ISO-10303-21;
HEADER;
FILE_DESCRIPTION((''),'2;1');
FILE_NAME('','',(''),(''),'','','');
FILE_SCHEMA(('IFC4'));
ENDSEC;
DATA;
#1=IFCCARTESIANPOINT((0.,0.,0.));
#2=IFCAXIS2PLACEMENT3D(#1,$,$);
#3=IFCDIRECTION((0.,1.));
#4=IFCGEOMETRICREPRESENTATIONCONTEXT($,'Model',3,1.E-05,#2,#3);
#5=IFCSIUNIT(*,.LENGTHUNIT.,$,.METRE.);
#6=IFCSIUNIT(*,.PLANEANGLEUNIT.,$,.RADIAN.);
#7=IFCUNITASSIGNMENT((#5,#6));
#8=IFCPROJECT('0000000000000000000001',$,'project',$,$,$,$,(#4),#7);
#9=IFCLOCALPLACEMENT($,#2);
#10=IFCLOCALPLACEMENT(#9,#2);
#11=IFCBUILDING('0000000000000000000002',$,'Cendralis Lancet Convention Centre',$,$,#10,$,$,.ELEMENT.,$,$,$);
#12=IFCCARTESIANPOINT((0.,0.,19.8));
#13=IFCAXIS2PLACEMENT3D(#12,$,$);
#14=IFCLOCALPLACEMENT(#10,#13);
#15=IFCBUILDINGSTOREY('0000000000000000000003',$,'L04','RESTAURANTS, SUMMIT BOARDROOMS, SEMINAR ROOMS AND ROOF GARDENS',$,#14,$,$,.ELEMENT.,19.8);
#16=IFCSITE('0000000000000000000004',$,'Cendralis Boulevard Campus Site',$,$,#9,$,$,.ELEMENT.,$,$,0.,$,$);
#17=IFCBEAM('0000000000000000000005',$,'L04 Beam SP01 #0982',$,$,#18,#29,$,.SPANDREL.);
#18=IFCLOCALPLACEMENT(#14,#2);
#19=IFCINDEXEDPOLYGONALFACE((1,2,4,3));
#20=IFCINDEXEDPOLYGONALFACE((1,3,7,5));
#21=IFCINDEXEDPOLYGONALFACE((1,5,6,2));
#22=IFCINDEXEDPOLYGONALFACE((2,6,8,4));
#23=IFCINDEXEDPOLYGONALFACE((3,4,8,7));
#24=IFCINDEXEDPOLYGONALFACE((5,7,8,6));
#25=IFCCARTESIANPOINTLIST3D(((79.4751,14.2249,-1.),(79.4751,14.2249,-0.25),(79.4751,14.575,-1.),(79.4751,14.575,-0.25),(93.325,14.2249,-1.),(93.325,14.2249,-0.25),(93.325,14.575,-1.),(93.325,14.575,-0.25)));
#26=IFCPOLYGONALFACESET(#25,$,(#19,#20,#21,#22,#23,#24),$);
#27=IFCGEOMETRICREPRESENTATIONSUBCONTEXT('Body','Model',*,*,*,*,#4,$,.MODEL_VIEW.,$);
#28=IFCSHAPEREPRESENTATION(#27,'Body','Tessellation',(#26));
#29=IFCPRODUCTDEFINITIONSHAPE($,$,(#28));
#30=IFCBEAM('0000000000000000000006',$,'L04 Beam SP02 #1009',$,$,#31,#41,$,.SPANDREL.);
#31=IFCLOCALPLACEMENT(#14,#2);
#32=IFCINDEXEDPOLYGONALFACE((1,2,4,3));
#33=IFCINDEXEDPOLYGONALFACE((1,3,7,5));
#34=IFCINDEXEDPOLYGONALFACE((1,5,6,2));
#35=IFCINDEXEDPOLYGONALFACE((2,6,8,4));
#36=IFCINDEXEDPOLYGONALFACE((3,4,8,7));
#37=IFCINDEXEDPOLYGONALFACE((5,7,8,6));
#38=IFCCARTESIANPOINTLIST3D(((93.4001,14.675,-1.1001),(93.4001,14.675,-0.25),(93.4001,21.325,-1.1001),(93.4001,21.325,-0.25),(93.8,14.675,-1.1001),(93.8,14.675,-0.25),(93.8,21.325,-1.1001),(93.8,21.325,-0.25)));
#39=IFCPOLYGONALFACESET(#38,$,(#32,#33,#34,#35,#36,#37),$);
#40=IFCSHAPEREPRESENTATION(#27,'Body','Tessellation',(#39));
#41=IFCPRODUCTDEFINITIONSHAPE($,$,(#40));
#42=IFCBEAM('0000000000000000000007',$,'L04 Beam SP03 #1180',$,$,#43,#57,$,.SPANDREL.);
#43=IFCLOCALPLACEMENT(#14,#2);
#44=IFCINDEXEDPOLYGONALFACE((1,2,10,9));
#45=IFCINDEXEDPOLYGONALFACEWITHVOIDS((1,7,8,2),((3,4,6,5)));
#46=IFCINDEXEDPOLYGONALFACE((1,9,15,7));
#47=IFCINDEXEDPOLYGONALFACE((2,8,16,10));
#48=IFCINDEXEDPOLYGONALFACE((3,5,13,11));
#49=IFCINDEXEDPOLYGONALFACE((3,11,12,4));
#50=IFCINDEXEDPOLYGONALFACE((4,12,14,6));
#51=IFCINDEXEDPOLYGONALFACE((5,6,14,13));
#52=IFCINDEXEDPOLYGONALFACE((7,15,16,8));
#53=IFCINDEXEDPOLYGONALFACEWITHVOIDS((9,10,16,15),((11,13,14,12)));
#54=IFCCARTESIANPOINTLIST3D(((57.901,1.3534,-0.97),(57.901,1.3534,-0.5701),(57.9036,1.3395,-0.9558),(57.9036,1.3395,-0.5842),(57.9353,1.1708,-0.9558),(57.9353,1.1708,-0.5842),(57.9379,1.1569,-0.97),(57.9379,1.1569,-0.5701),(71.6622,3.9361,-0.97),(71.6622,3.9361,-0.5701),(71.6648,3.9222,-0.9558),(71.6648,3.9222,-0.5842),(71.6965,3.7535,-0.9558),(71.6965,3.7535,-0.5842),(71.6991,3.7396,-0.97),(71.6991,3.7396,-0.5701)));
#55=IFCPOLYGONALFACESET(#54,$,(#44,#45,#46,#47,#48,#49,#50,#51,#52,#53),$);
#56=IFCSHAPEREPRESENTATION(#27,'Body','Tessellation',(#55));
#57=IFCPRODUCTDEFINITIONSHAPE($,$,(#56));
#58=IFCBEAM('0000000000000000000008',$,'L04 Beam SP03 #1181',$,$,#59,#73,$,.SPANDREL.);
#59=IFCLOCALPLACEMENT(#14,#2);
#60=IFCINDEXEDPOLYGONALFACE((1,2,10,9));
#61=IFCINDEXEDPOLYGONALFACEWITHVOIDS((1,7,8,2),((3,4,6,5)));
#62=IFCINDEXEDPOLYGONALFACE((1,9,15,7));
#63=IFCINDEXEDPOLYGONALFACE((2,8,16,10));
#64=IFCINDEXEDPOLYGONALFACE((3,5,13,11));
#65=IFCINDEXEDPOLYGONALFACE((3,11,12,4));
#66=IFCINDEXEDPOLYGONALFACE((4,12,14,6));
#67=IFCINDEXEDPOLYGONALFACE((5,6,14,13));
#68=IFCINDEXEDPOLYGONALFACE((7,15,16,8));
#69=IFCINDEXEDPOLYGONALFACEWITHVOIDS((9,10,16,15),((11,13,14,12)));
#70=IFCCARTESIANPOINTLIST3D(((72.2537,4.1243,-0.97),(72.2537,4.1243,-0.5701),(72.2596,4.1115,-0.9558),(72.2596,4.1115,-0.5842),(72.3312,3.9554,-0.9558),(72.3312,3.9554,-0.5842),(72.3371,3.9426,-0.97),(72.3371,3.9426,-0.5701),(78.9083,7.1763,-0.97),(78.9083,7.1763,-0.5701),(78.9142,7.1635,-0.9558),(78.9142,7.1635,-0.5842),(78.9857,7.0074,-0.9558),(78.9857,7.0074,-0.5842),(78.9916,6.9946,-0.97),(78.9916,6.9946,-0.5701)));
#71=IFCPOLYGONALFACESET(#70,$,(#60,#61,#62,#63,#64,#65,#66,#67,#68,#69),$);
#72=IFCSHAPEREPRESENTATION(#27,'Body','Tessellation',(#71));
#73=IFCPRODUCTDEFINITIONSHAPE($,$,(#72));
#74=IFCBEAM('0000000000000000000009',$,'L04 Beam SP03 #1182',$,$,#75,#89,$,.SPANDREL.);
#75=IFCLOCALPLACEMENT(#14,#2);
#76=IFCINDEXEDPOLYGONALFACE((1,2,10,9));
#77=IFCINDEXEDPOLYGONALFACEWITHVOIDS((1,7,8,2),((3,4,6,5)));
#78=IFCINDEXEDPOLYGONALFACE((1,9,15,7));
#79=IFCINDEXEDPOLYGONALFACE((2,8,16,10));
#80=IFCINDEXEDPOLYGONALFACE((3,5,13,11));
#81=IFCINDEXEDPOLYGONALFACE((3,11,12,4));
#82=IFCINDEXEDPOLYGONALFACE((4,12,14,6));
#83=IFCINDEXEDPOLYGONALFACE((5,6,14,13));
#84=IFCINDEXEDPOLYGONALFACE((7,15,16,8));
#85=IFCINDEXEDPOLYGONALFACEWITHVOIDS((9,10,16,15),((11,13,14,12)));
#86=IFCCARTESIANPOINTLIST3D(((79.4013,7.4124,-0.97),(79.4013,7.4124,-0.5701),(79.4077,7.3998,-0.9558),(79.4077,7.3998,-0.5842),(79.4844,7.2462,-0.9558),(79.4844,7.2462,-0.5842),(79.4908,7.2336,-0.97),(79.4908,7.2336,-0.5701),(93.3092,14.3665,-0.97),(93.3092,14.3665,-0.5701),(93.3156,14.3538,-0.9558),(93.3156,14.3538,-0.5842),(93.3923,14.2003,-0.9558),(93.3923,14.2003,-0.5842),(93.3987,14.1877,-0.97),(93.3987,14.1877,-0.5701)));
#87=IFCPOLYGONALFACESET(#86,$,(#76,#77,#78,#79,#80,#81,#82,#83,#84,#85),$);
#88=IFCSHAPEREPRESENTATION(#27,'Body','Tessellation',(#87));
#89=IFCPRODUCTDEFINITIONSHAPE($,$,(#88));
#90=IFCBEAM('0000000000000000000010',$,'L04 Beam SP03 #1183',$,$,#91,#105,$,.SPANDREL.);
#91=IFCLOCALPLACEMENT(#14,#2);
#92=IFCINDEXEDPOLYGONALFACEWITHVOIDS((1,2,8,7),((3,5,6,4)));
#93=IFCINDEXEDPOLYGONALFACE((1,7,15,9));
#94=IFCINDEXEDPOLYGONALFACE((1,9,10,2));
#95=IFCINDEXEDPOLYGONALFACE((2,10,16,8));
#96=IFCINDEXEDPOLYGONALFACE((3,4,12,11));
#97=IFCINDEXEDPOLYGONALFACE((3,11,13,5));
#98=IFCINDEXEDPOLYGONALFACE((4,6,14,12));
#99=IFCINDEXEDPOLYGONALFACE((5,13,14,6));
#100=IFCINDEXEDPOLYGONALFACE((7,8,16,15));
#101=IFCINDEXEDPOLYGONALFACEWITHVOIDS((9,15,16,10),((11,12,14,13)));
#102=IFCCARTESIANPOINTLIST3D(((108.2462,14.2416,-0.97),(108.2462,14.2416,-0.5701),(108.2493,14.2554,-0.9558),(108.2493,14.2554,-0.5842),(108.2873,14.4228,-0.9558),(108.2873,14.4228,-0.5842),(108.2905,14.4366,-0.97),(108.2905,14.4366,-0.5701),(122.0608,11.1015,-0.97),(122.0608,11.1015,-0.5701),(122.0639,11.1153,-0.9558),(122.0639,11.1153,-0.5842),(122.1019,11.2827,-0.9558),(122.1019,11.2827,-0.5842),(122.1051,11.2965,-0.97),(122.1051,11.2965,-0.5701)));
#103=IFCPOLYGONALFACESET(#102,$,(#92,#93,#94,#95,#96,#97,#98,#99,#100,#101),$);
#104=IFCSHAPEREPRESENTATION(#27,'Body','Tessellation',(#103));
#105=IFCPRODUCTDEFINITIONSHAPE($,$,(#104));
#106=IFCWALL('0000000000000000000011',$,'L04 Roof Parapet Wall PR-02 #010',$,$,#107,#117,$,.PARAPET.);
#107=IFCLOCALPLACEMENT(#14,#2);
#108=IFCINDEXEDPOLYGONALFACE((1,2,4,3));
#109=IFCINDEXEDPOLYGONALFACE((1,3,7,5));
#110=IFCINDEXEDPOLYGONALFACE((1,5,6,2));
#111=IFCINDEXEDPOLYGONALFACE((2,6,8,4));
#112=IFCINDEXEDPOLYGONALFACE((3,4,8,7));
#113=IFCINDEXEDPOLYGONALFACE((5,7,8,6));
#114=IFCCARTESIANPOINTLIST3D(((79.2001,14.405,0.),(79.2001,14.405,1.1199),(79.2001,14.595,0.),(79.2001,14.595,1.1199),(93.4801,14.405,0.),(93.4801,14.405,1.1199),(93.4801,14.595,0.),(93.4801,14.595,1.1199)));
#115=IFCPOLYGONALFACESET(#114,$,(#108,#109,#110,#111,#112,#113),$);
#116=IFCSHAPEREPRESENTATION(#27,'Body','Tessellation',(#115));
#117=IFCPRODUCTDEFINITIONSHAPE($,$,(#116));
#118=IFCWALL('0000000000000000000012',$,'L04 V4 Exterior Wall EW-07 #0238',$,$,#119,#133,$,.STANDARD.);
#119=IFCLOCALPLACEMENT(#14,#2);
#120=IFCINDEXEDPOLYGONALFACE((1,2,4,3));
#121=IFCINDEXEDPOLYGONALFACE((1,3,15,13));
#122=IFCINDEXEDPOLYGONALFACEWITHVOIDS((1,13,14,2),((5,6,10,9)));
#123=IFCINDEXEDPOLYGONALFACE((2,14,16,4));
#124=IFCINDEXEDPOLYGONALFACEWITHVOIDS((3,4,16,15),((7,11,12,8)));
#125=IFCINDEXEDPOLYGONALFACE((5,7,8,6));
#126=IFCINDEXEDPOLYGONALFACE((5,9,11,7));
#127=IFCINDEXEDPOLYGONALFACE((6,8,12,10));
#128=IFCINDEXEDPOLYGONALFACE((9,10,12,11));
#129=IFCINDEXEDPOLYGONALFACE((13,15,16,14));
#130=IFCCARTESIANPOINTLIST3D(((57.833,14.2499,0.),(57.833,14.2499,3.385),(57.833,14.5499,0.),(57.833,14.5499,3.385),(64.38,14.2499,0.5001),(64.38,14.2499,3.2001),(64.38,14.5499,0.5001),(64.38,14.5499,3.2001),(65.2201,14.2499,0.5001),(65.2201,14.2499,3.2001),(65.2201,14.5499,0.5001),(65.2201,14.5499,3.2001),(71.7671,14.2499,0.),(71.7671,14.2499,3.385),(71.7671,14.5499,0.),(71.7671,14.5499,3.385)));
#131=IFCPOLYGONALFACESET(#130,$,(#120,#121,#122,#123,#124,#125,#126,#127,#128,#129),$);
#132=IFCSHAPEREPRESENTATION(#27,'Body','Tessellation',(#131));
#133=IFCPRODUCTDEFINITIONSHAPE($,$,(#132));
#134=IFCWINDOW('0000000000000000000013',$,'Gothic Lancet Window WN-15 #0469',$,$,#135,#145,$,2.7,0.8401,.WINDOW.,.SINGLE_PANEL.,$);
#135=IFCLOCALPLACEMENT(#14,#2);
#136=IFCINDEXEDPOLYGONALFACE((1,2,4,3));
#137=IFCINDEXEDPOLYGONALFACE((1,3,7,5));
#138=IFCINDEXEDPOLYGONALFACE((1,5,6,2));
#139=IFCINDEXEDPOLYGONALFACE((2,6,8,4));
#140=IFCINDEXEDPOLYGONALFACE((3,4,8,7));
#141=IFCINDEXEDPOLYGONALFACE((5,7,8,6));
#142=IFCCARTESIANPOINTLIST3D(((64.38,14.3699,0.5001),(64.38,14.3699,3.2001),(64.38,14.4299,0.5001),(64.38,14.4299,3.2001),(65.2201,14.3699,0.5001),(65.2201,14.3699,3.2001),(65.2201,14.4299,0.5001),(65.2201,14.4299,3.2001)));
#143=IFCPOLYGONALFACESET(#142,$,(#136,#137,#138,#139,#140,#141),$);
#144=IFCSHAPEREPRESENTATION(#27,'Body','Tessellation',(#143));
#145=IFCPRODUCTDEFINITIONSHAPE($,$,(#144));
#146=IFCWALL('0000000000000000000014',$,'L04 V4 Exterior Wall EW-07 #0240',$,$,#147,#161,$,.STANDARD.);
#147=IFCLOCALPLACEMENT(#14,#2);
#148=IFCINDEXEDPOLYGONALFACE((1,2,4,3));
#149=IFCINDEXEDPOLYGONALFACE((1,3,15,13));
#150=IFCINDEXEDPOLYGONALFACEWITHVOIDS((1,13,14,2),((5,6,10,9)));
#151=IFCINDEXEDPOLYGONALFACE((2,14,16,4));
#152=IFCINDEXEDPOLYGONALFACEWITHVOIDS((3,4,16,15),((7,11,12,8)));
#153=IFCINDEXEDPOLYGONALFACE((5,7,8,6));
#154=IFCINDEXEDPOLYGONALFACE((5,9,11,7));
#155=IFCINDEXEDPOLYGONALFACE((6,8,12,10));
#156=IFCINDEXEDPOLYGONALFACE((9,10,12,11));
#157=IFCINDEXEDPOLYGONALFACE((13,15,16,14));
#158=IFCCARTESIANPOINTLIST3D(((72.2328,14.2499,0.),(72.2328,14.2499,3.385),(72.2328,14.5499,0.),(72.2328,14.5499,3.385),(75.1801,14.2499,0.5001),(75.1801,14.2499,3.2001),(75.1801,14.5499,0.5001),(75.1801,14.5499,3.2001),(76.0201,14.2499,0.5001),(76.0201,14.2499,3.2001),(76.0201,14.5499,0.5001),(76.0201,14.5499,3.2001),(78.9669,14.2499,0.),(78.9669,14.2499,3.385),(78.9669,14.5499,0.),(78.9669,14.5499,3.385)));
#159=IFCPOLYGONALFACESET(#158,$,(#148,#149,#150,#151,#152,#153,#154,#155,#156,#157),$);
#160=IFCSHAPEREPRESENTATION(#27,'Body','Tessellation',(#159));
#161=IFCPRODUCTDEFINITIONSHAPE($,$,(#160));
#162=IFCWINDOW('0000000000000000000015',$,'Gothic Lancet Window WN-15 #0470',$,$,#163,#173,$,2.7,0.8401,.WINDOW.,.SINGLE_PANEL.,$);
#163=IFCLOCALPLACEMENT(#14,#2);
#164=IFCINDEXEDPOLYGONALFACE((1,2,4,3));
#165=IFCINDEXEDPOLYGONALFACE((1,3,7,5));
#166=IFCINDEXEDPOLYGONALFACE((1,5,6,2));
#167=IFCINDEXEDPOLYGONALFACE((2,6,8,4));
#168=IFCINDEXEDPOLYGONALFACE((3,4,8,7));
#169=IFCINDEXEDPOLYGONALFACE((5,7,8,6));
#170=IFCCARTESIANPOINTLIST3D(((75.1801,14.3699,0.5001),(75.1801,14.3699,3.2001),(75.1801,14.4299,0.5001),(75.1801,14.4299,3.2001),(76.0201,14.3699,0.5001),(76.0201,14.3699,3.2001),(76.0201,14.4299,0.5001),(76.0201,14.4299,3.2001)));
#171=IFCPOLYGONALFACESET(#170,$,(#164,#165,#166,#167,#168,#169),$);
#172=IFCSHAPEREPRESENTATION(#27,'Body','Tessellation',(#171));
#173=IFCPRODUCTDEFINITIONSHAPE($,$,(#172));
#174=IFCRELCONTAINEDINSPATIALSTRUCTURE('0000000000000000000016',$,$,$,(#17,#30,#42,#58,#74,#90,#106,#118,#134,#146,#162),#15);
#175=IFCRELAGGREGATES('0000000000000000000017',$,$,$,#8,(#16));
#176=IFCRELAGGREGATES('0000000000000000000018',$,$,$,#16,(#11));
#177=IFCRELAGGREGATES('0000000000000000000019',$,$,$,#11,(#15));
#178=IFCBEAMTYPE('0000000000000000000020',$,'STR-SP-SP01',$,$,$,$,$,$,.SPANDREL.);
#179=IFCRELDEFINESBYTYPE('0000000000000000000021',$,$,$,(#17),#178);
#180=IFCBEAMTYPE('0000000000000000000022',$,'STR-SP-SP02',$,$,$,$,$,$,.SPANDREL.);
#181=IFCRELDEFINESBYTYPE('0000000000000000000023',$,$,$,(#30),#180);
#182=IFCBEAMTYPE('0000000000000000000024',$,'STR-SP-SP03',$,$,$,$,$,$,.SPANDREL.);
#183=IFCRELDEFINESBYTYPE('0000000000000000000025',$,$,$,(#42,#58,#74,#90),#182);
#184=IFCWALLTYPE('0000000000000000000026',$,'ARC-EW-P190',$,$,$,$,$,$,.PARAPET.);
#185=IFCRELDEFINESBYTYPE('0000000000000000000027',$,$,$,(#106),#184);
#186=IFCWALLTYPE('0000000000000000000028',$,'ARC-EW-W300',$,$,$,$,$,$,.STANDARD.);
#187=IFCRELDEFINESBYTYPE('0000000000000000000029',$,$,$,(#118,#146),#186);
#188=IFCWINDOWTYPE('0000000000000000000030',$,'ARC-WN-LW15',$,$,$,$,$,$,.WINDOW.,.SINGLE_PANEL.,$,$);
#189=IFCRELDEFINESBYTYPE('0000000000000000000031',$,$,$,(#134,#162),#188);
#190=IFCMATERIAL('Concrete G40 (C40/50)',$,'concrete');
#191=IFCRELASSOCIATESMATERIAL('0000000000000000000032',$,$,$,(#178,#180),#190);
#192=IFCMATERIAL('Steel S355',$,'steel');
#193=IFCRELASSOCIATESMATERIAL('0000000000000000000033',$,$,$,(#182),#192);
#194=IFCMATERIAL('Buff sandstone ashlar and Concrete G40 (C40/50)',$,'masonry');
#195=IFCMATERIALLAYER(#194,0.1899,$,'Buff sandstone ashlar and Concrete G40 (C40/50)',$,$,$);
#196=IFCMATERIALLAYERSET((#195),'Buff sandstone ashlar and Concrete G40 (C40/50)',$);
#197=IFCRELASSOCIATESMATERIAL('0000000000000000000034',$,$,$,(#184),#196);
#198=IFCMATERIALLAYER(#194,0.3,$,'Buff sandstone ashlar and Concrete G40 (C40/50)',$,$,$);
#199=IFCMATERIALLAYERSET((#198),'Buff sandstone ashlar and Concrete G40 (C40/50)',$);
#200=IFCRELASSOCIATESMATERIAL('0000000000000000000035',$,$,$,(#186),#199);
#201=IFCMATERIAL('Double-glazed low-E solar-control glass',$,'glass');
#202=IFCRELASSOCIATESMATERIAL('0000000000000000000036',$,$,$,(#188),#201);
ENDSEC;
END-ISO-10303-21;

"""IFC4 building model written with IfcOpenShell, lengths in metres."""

from ifc_helpers import new_model, si_unit, direction, frame, frame_2d, origin, origin_2d, place, context, subcontext, project, spatial, rectangle, hollow_rectangle, extrude, material, layer, layer_set, material_profile, profile_set, type_object, element, fill, save


model = new_model("IFC4")

# Units and contexts
model_context = context("Model", 3, precision=1e-05, world=origin(), true_north=direction((0.0, 1.0)))
body_context = subcontext(model_context, "Body", "Model", "MODEL_VIEW")
ifc_project = project(units=[si_unit("LENGTHUNIT", "METRE"), si_unit("PLANEANGLEUNIT", "RADIAN")], contexts=[model_context])

# Site, building, storey
site_placement = place(None, origin())
site = spatial("IfcSite", under=ifc_project, at=site_placement, Name="Cendralis Boulevard Campus Site", CompositionType="ELEMENT", RefElevation=0.0)
building_placement = place(site_placement, origin())
building = spatial("IfcBuilding", under=site, at=building_placement, Name="Cendralis Lancet Convention Centre", CompositionType="ELEMENT")
storey_placement = place(building_placement, frame((0.0, 0.0, 19.8)))
storey = spatial("IfcBuildingStorey", under=building, at=storey_placement, Name="L04", Description="RESTAURANTS, SUMMIT BOARDROOMS, SEMINAR ROOMS AND ROOF GARDENS", CompositionType="ELEMENT", Elevation=19.8)

# Shared definitions
ifc_material_1 = material(Name="Concrete G40 (C40/50)", Category="concrete")

# Beams
ifc_material_2 = material(Name="Steel S355", Category="steel")
ifc_material_profile_1 = material_profile(ifc_material_1, rectangle(XDim=0.3501, YDim=0.75, at=origin_2d()), Name="RCB 350x750")
ifc_profile_set_1 = profile_set([ifc_material_profile_1], Name="Concrete G40 (C40/50)")
beam_type_1 = type_object("IfcBeamType", Name="STR-SP-SP01", PredefinedType="SPANDREL", material=ifc_profile_set_1)
beam_1_placement = place(storey_placement, frame((79.4751, 14.3999, -0.625), z_axis=(1.0, 0.0, 0.0), x_axis=(0.0, 1.0, 0.0)))
element("IfcBeam", 1, at=beam_1_placement, inside=storey, type_object=beam_type_1, Name="L04 Beam SP01 #0982", PredefinedType="SPANDREL", context=body_context, shape_type="SweptSolid", body=[
    extrude(rectangle(XDim=0.3501, YDim=0.75, at=origin_2d()), origin(), (0.0, 0.0, 1.0), 13.8499),
])
ifc_material_profile_2 = material_profile(ifc_material_1, rectangle(XDim=0.3999, YDim=0.8501, at=origin_2d()), Name="RCB 400x850")
ifc_profile_set_2 = profile_set([ifc_material_profile_2], Name="Concrete G40 (C40/50)")
beam_type_2 = type_object("IfcBeamType", Name="STR-SP-SP02", PredefinedType="SPANDREL", material=ifc_profile_set_2)
beam_2_placement = place(storey_placement, frame((93.6001, 14.675, -0.675), z_axis=(0.0, 1.0, 0.0), x_axis=(-1.0, 0.0, 0.0)))
element("IfcBeam", 2, at=beam_2_placement, inside=storey, type_object=beam_type_2, Name="L04 Beam SP02 #1009", PredefinedType="SPANDREL", context=body_context, shape_type="SweptSolid", body=[
    extrude(rectangle(XDim=0.3999, YDim=0.8501, at=origin_2d()), origin(), (0.0, 0.0, 1.0), 6.6499),
])
ifc_material_profile_3 = material_profile(ifc_material_2, hollow_rectangle(XDim=0.2, YDim=0.3999, WallThickness=0.0142, at=origin_2d()), Name="RHS 400x200x14.2")
ifc_profile_set_3 = profile_set([ifc_material_profile_3], Name="Steel S355")
beam_type_3 = type_object("IfcBeamType", Name="STR-SP-SP03", PredefinedType="SPANDREL", material=ifc_profile_set_3)
beam_3_placement = place(storey_placement, frame((57.9194, 1.2551, -0.77), z_axis=(0.982839, 0.184463, 0.0), x_axis=(-0.184463, 0.982839, 0.0)))
element("IfcBeam", 3, at=beam_3_placement, inside=storey, type_object=beam_type_3, Name="L04 Beam SP03 #1180", PredefinedType="SPANDREL", context=body_context, shape_type="SweptSolid", body=[
    extrude(hollow_rectangle(XDim=0.2, YDim=0.3999, WallThickness=0.0142, at=origin_2d()), origin(), (0.0, 0.0, 1.0), 14.0015),
])
beam_4_placement = place(storey_placement, frame((72.2954, 4.0334, -0.77), z_axis=(0.908961, 0.416881, 0.0), x_axis=(-0.416881, 0.908961, 0.0)))
element("IfcBeam", 4, at=beam_4_placement, inside=storey, type_object=beam_type_3, Name="L04 Beam SP03 #1181", PredefinedType="SPANDREL", context=body_context, shape_type="SweptSolid", body=[
    extrude(hollow_rectangle(XDim=0.2, YDim=0.3999, WallThickness=0.0142, at=origin_2d()), origin(), (0.0, 0.0, 1.0), 7.321),
])
beam_5_placement = place(storey_placement, frame((79.446, 7.323, -0.77), z_axis=(0.894424, 0.44722, 0.0), x_axis=(-0.44722, 0.894424, 0.0)))
element("IfcBeam", 5, at=beam_5_placement, inside=storey, type_object=beam_type_3, Name="L04 Beam SP03 #1182", PredefinedType="SPANDREL", context=body_context, shape_type="SweptSolid", body=[
    extrude(hollow_rectangle(XDim=0.2, YDim=0.3999, WallThickness=0.0142, at=origin_2d()), origin(), (0.0, 0.0, 1.0), 15.5496),
])
beam_6_placement = place(storey_placement, frame((108.2683, 14.3391, -0.77), z_axis=(0.975126, -0.22165, 0.0), x_axis=(0.22165, 0.975126, 0.0)))
element("IfcBeam", 6, at=beam_6_placement, inside=storey, type_object=beam_type_3, Name="L04 Beam SP03 #1183", PredefinedType="SPANDREL", context=body_context, shape_type="SweptSolid", body=[
    extrude(hollow_rectangle(XDim=0.2, YDim=0.3999, WallThickness=0.0142, at=origin_2d()), origin(), (0.0, 0.0, 1.0), 14.167),
])

# Wall
ifc_material_3 = material(Name="Buff sandstone ashlar and Concrete G40 (C40/50)", Category="masonry")
ifc_layer_1 = layer(ifc_material_3, 0.1899, Name="Buff sandstone ashlar and Concrete G40 (C40/50)")
ifc_layer_set_1 = layer_set([ifc_layer_1], Name="Buff sandstone ashlar and Concrete G40 (C40/50)")
wall_type_1 = type_object("IfcWallType", Name="ARC-EW-P190", PredefinedType="PARAPET", material=ifc_layer_set_1)
wall_1_placement = place(storey_placement, frame((79.2, 14.5, 0.0), z_axis=(0.0, 0.0, 1.0), x_axis=(1.0, 0.0, 0.0)))
element("IfcWall", 7, at=wall_1_placement, inside=storey, type_object=wall_type_1, Name="L04 Roof Parapet Wall PR-02 #010", PredefinedType="PARAPET", context=body_context, shape_type="SweptSolid", body=[
    extrude(rectangle(XDim=14.28, YDim=0.1899, at=frame_2d((7.1401, 0.0))), origin(), (0.0, 0.0, 1.0), 1.1199),
])

# Walls, openings, windows
ifc_layer_2 = layer(ifc_material_3, 0.3, Name="Buff sandstone ashlar and Concrete G40 (C40/50)")
ifc_layer_set_2 = layer_set([ifc_layer_2], Name="Buff sandstone ashlar and Concrete G40 (C40/50)")
wall_type_2 = type_object("IfcWallType", Name="ARC-EW-W300", PredefinedType="STANDARD", material=ifc_layer_set_2)
wall_2_placement = place(storey_placement, frame((71.7671, 14.3999, 0.0), z_axis=(0.0, 0.0, 1.0), x_axis=(-1.0, 0.0, 0.0)))
wall_2 = element("IfcWall", 8, at=wall_2_placement, inside=storey, type_object=wall_type_2, Name="L04 V4 Exterior Wall EW-07 #0238", PredefinedType="STANDARD", context=body_context, shape_type="SweptSolid", body=[
    extrude(rectangle(XDim=13.9341, YDim=0.3, at=frame_2d((6.967, 0.0))), origin(), (0.0, 0.0, 1.0), 3.385),
])
opening_1_placement = place(wall_2_placement, frame((6.5471, 0.0, 0.5)))
opening_1 = element("IfcOpeningElement", 9, at=opening_1_placement, cuts=wall_2, PredefinedType="OPENING", context=body_context, shape_type="SweptSolid", body=[
    extrude(rectangle(XDim=0.8401, YDim=2.7, at=frame_2d((0.4199, 1.3501))), frame((0.0, 0.1599, 0.0), z_axis=(0.0, -1.0, 0.0), x_axis=(1.0, 0.0, 0.0)), (0.0, 0.0, 1.0), 0.3201),
])
ifc_material_4 = material(Name="Double-glazed low-E solar-control glass", Category="glass")
window_type = type_object("IfcWindowType", Name="ARC-WN-LW15", PartitioningType="SINGLE_PANEL", PredefinedType="WINDOW", material=ifc_material_4)
window_1_placement = place(opening_1_placement, origin())
window_1 = element("IfcWindow", 10, at=window_1_placement, inside=storey, type_object=window_type, Name="Gothic Lancet Window WN-15 #0469", OverallHeight=2.7, OverallWidth=0.8401, PartitioningType="SINGLE_PANEL", PredefinedType="WINDOW", context=body_context, shape_type="SweptSolid", body=[
    extrude(rectangle(XDim=0.8401, YDim=2.7, at=frame_2d((0.4199, 1.3501))), frame((0.0, 0.03, 0.0), z_axis=(0.0, -1.0, 0.0), x_axis=(1.0, 0.0, 0.0)), (0.0, 0.0, 1.0), 0.0601),
])
fill(opening_1, window_1)
wall_3_placement = place(storey_placement, frame((78.967, 14.3999, 0.0), z_axis=(0.0, 0.0, 1.0), x_axis=(-1.0, 0.0, 0.0)))
wall_3 = element("IfcWall", 11, at=wall_3_placement, inside=storey, type_object=wall_type_2, Name="L04 V4 Exterior Wall EW-07 #0240", PredefinedType="STANDARD", context=body_context, shape_type="SweptSolid", body=[
    extrude(rectangle(XDim=6.7341, YDim=0.3, at=frame_2d((3.3672, 0.0))), origin(), (0.0, 0.0, 1.0), 3.385),
])
opening_2_placement = place(wall_3_placement, frame((2.947, 0.0, 0.5)))
opening_2 = element("IfcOpeningElement", 12, at=opening_2_placement, cuts=wall_3, PredefinedType="OPENING", context=body_context, shape_type="SweptSolid", body=[
    extrude(rectangle(XDim=0.8401, YDim=2.7, at=frame_2d((0.4199, 1.3501))), frame((0.0, 0.1599, 0.0), z_axis=(0.0, -1.0, 0.0), x_axis=(1.0, 0.0, 0.0)), (0.0, 0.0, 1.0), 0.3201),
])
window_2_placement = place(opening_2_placement, origin())
window_2 = element("IfcWindow", 13, at=window_2_placement, inside=storey, type_object=window_type, Name="Gothic Lancet Window WN-15 #0470", OverallHeight=2.7, OverallWidth=0.8401, PartitioningType="SINGLE_PANEL", PredefinedType="WINDOW", context=body_context, shape_type="SweptSolid", body=[
    extrude(rectangle(XDim=0.8401, YDim=2.7, at=frame_2d((0.4199, 1.3501))), frame((0.0, 0.03, 0.0), z_axis=(0.0, -1.0, 0.0), x_axis=(1.0, 0.0, 0.0)), (0.0, 0.0, 1.0), 0.0601),
])
fill(opening_2, window_2)

save(model, "model.ifc")
